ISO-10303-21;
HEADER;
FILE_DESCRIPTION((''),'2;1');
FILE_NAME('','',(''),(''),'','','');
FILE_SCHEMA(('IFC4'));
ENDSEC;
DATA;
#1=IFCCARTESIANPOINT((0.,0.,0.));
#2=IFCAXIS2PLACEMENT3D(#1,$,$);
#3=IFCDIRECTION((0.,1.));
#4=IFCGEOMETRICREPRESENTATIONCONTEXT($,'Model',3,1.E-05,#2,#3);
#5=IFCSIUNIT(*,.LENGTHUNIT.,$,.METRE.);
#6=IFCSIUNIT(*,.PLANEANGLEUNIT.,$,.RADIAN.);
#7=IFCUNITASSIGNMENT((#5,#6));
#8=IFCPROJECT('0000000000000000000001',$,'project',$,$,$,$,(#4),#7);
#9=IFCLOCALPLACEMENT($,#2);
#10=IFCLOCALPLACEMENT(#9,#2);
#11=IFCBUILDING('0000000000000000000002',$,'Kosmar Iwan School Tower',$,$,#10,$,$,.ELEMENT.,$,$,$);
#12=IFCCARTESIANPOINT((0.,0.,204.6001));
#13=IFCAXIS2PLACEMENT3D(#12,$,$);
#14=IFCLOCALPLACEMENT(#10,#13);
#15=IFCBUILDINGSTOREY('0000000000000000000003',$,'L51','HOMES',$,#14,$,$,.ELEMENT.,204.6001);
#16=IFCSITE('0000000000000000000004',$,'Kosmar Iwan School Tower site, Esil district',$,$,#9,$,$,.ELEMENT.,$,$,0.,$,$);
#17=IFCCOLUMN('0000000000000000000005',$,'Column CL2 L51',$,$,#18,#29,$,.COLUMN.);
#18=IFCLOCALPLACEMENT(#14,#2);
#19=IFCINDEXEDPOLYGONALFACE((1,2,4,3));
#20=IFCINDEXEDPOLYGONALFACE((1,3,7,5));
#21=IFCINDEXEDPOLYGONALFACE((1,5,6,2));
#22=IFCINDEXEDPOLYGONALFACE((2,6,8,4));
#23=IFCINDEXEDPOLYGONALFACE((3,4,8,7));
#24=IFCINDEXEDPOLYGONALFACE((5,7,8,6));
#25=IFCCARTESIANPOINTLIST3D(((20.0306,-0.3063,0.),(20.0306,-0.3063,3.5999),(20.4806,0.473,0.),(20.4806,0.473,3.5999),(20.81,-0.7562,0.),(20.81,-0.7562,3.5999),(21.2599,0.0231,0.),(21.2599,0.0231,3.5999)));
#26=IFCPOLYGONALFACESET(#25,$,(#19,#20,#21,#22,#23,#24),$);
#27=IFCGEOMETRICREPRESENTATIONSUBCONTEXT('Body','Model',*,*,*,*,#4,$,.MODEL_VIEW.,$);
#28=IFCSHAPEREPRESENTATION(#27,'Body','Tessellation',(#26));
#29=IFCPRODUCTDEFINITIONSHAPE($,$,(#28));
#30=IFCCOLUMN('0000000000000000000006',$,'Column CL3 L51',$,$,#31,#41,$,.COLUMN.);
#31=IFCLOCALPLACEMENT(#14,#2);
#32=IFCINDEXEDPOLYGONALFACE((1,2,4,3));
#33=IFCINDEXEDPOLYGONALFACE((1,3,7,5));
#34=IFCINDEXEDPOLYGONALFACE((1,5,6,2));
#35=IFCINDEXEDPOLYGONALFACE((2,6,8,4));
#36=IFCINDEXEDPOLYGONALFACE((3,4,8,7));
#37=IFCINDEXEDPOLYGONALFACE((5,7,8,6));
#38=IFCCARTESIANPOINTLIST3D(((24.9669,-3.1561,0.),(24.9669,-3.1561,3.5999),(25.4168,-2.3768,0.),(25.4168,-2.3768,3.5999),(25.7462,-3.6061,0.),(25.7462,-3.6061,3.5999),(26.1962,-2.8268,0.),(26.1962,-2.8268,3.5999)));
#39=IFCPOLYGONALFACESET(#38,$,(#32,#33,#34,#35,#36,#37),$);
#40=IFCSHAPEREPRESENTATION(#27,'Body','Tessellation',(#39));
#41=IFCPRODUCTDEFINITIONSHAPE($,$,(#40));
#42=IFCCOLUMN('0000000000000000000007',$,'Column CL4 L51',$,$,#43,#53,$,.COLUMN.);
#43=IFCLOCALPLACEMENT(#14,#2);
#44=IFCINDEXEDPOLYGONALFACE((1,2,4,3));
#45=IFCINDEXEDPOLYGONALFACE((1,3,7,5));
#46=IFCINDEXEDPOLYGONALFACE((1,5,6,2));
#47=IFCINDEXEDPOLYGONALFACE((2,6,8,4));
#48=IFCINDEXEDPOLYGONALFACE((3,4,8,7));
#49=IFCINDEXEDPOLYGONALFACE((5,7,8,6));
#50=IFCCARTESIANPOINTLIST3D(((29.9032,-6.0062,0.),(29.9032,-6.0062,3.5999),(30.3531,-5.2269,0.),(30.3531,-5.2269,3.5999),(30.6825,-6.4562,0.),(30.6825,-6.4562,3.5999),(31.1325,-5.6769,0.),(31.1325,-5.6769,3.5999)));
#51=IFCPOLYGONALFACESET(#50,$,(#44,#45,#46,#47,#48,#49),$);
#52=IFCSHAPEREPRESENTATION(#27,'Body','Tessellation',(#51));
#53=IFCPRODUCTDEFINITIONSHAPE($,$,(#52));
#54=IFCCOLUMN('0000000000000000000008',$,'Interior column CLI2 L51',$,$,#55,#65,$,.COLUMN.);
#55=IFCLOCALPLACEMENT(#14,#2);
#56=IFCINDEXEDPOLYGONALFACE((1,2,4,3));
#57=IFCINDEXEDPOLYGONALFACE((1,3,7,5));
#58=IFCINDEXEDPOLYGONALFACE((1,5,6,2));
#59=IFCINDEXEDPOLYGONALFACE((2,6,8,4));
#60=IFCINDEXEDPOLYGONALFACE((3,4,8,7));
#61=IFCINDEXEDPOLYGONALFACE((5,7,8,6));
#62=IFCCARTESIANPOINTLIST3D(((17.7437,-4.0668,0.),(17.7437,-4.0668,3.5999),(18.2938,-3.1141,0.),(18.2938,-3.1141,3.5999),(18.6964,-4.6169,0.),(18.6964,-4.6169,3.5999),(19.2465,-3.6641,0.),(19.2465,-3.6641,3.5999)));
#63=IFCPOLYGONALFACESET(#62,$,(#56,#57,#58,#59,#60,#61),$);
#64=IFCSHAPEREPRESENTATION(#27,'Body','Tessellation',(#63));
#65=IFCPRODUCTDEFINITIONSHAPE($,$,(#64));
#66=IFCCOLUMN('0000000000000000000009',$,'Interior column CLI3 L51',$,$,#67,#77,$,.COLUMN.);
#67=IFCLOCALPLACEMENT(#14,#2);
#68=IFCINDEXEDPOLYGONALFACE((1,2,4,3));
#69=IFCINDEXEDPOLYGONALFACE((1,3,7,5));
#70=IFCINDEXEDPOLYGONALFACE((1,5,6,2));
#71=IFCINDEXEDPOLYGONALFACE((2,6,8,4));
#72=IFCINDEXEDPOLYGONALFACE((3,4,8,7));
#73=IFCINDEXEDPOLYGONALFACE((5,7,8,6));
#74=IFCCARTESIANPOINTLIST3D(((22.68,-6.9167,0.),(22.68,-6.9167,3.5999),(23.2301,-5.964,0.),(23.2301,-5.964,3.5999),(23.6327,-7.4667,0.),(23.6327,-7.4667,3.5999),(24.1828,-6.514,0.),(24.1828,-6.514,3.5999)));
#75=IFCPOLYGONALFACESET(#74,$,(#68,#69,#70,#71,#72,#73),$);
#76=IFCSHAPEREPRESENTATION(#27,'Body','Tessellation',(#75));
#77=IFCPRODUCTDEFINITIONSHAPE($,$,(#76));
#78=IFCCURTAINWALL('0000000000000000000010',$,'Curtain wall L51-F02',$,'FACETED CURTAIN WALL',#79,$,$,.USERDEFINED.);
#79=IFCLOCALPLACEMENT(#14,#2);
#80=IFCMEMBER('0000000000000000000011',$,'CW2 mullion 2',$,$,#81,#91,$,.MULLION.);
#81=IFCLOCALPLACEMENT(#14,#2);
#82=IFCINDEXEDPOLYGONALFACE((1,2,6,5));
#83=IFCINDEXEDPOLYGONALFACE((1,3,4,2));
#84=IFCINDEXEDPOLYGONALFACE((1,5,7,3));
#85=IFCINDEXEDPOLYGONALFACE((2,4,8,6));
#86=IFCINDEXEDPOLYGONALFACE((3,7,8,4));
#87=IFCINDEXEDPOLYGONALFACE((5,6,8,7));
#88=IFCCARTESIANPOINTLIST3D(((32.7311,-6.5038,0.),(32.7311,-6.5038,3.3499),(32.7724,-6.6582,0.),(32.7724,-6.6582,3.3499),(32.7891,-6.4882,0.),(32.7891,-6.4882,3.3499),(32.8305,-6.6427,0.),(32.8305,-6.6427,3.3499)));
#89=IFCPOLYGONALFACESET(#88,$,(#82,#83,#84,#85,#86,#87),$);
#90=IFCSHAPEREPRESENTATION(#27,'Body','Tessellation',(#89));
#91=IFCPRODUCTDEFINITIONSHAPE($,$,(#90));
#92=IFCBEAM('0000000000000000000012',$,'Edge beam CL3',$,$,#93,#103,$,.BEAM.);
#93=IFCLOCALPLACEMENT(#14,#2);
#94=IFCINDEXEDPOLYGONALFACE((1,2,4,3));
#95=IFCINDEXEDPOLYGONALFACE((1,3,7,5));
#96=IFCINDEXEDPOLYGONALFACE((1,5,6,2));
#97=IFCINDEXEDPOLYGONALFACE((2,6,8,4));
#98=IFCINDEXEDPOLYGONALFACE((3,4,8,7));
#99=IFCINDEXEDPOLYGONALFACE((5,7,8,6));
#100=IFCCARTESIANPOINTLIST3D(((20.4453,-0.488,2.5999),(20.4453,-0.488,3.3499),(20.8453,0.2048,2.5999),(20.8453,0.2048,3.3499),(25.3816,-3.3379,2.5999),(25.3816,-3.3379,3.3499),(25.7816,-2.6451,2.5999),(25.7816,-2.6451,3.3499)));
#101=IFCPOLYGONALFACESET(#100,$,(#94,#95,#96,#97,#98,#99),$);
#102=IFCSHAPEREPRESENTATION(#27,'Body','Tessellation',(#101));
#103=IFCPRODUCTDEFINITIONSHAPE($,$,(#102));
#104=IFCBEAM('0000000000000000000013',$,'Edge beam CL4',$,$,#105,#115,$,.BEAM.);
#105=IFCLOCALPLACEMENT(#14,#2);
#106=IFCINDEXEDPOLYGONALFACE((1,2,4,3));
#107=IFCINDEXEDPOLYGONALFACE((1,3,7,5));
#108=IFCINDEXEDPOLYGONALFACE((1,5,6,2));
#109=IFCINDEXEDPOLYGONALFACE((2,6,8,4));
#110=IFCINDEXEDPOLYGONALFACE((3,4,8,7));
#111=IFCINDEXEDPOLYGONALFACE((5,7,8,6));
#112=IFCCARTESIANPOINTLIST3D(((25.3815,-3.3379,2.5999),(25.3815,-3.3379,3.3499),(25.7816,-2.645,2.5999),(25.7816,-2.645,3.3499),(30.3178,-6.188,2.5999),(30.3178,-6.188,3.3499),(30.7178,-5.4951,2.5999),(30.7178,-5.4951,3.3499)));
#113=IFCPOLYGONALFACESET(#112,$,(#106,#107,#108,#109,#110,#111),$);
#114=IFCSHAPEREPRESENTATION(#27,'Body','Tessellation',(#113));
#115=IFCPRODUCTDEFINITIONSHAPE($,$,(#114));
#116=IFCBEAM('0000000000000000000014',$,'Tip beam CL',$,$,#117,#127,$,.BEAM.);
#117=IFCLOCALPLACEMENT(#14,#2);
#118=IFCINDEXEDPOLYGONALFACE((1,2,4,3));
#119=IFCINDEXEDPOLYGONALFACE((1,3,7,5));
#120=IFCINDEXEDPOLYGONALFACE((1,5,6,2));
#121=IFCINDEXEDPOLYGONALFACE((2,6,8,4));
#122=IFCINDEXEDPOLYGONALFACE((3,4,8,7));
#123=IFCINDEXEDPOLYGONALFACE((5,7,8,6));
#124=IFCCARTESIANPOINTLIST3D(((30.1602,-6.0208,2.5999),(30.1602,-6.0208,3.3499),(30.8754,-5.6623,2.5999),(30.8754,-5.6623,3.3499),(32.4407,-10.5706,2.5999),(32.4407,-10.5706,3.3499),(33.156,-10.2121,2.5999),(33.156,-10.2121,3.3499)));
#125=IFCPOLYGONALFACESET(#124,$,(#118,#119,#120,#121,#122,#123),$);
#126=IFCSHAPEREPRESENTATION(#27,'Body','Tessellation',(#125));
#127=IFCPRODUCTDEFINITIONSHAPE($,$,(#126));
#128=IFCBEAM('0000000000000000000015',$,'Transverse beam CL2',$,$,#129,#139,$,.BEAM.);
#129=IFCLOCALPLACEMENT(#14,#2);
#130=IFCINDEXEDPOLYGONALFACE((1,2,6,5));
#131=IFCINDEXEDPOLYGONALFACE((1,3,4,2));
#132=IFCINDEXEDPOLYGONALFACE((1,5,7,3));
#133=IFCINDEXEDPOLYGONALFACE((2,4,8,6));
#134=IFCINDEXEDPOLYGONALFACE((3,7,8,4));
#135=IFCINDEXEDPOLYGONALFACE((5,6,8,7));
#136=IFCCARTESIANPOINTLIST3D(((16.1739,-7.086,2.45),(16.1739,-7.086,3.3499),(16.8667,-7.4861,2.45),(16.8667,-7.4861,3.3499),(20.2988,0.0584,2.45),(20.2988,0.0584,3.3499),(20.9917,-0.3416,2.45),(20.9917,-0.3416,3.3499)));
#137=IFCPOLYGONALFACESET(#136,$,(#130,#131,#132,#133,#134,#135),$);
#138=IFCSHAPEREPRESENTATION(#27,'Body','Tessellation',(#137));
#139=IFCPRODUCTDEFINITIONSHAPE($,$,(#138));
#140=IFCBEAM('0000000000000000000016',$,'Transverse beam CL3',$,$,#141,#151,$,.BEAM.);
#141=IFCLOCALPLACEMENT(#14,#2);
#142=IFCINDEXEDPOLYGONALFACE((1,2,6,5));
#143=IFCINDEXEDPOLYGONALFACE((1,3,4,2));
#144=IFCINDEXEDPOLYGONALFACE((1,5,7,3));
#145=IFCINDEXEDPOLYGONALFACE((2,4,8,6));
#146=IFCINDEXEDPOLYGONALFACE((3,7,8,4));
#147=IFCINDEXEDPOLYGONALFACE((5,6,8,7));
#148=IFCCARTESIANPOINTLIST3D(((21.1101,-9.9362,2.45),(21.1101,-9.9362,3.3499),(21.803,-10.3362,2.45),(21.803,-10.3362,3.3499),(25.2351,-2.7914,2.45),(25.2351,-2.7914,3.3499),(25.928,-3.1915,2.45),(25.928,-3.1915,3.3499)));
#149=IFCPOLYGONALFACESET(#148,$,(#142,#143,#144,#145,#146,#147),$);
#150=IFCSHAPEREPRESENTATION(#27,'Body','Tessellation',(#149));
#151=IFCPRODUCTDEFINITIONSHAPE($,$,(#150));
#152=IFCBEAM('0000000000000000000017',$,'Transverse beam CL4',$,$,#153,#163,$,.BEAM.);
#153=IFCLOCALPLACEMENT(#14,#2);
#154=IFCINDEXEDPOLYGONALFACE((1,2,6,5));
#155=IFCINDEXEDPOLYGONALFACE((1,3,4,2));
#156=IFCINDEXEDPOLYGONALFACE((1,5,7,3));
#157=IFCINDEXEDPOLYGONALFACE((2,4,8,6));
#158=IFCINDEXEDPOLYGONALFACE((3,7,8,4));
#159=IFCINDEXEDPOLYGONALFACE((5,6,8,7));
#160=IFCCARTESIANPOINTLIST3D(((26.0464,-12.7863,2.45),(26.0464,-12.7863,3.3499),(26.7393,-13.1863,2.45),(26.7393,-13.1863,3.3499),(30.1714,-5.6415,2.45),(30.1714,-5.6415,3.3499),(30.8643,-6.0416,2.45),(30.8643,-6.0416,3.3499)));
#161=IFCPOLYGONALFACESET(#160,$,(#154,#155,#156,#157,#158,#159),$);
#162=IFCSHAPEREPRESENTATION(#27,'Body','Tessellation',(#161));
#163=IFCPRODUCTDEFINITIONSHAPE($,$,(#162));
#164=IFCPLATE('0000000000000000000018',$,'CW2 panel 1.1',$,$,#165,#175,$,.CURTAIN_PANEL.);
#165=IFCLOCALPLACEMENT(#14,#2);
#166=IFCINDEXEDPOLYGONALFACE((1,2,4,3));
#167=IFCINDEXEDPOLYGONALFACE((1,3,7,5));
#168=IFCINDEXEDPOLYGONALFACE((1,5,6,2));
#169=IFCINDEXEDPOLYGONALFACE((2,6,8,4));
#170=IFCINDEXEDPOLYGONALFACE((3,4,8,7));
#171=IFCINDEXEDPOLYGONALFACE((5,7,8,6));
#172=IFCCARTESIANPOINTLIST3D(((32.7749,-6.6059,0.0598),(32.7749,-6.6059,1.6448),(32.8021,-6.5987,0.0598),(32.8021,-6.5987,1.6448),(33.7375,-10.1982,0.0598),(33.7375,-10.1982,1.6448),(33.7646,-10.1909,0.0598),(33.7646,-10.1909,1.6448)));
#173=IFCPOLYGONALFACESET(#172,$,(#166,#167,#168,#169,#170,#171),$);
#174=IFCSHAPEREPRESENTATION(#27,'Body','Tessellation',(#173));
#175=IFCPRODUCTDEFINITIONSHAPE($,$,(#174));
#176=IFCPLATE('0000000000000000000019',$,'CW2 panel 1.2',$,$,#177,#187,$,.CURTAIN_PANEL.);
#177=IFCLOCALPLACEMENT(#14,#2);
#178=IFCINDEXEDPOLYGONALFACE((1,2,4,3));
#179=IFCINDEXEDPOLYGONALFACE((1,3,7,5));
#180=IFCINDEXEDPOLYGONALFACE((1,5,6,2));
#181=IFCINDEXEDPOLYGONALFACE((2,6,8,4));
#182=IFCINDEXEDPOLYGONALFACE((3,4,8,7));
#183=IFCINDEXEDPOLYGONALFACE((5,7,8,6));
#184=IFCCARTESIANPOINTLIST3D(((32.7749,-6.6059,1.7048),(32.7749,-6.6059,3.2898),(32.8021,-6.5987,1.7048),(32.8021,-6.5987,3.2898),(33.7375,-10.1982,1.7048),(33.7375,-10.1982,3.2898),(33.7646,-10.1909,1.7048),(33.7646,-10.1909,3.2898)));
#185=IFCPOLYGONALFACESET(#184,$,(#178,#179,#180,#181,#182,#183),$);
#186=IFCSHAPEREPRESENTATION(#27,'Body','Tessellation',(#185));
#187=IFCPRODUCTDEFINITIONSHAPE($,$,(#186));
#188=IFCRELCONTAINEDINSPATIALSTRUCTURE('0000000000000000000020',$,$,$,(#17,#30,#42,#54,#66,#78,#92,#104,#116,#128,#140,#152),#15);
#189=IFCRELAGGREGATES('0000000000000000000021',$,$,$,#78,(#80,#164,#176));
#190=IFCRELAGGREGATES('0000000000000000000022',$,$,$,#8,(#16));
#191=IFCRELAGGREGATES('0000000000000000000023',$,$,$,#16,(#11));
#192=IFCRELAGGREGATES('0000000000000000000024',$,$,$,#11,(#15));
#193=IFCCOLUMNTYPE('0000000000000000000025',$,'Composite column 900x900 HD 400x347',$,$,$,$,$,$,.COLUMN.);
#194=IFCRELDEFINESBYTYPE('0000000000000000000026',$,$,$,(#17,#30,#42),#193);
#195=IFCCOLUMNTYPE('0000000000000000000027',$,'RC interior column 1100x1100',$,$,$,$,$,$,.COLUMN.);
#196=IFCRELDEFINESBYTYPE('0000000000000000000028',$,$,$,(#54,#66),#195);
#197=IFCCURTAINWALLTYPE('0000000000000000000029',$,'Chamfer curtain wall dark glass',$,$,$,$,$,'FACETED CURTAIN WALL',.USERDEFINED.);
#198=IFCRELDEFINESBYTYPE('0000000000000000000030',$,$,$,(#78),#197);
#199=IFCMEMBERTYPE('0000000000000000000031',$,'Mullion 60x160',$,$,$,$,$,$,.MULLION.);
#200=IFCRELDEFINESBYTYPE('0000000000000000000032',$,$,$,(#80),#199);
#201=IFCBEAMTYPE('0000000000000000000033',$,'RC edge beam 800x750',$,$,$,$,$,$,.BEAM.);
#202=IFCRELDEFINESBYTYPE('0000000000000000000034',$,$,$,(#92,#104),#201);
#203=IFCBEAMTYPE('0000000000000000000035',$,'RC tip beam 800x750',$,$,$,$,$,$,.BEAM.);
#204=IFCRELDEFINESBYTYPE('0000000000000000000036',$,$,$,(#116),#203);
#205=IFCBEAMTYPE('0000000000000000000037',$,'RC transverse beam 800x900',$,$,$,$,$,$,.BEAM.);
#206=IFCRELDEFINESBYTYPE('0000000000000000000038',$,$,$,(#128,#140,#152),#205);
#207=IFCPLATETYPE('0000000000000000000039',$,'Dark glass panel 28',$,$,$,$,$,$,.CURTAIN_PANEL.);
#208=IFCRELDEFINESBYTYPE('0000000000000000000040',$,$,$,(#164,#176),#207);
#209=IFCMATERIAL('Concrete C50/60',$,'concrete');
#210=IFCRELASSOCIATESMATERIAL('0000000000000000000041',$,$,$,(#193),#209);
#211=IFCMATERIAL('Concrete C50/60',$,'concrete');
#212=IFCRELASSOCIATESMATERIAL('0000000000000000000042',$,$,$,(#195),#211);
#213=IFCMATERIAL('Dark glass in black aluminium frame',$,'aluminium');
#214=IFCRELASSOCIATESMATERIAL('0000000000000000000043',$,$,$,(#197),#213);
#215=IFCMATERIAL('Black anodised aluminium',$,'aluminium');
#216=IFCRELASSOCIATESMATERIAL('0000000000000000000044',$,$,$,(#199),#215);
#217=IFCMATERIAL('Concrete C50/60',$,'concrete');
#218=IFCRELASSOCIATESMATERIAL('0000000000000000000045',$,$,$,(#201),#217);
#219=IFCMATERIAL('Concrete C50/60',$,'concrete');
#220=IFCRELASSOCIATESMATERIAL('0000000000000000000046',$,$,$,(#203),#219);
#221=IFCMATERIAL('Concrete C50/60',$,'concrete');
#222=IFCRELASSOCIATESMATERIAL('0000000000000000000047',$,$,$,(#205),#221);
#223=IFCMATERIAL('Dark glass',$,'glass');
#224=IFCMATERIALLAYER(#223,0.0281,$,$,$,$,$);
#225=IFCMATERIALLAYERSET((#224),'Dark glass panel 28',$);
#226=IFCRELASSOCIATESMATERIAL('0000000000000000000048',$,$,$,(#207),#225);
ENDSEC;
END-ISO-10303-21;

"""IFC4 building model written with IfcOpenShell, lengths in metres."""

from ifc_helpers import new_model, si_unit, direction, frame, origin, origin_2d, place, context, subcontext, project, spatial, rectangle, extrude, material, layer, layer_set, material_profile, profile_set, type_object, element, aggregate, save


model = new_model("IFC4")

# Units and contexts
model_context = context("Model", 3, precision=1e-05, world=origin(), true_north=direction((0.0, 1.0)))
body_context = subcontext(model_context, "Body", "Model", "MODEL_VIEW")
ifc_project = project(units=[si_unit("LENGTHUNIT", "METRE"), si_unit("PLANEANGLEUNIT", "RADIAN")], contexts=[model_context])

# Site, building, storey
site_placement = place(None, origin())
site = spatial("IfcSite", under=ifc_project, at=site_placement, Name="Kosmar Iwan School Tower site, Esil district", CompositionType="ELEMENT", RefElevation=0.0)
building_placement = place(site_placement, origin())
building = spatial("IfcBuilding", under=site, at=building_placement, Name="Kosmar Iwan School Tower", CompositionType="ELEMENT")
storey_placement = place(building_placement, frame((0.0, 0.0, 204.6001)))
storey = spatial("IfcBuildingStorey", under=building, at=storey_placement, Name="L51", Description="HOMES", CompositionType="ELEMENT", Elevation=204.6001)

# Columns
ifc_material_1 = material(Name="Concrete C50/60", Category="concrete")
ifc_material_profile_1 = material_profile(ifc_material_1, rectangle(XDim=0.8999, YDim=0.8999, at=origin_2d()), Name="RC 900x900 + HD 400x347")
ifc_profile_set_1 = profile_set([ifc_material_profile_1], Name="Concrete C50/60")
column_type_1 = type_object("IfcColumnType", Name="Composite column 900x900 HD 400x347", PredefinedType="COLUMN", material=ifc_profile_set_1)
for number, where, z_axis, x_axis, name in (
    (1, (20.6453, -0.1416, 0.0), (0.0, 0.0, 1.0), (0.866025, -0.5, 0.0), "Column CL2 L51"),
    (2, (25.5815, -2.9915, 0.0), (0.0, 0.0, 1.0), (0.866025, -0.5, 0.0), "Column CL3 L51"),
    (3, (30.5178, -5.8416, 0.0), (0.0, 0.0, 1.0), (0.866025, -0.5, 0.0), "Column CL4 L51"),
):
    element("IfcColumn", number, at=place(storey_placement, frame(where, z_axis=z_axis, x_axis=x_axis)), inside=storey, type_object=column_type_1, Name=name, PredefinedType="COLUMN", context=body_context, shape_type="SweptSolid", body=[
        extrude(rectangle(XDim=0.8999, YDim=0.8999, at=origin_2d()), origin(), (0.0, 0.0, 1.0), 3.5999),
    ])
ifc_material_2 = material(Name="Concrete C50/60", Category="concrete")
ifc_material_profile_2 = material_profile(ifc_material_2, rectangle(XDim=1.1001, YDim=1.1001, at=origin_2d()), Name="RC 1100x1100")
ifc_profile_set_2 = profile_set([ifc_material_profile_2], Name="Concrete C50/60")
column_type_2 = type_object("IfcColumnType", Name="RC interior column 1100x1100", PredefinedType="COLUMN", material=ifc_profile_set_2)
for number, where, z_axis, x_axis, name in (
    (4, (18.4951, -3.8655, 0.0), (0.0, 0.0, 1.0), (0.866025, -0.5, 0.0), "Interior column CLI2 L51"),
    (5, (23.4314, -6.7153, 0.0), (0.0, 0.0, 1.0), (0.866025, -0.5, 0.0), "Interior column CLI3 L51"),
):
    element("IfcColumn", number, at=place(storey_placement, frame(where, z_axis=z_axis, x_axis=x_axis)), inside=storey, type_object=column_type_2, Name=name, PredefinedType="COLUMN", context=body_context, shape_type="SweptSolid", body=[
        extrude(rectangle(XDim=1.1001, YDim=1.1001, at=origin_2d()), origin(), (0.0, 0.0, 1.0), 3.5999),
    ])

# Curtain wall, member
ifc_material_3 = material(Name="Dark glass in black aluminium frame", Category="aluminium")
curtain_wall_type = type_object("IfcCurtainWallType", Name="Chamfer curtain wall dark glass", ElementType="FACETED CURTAIN WALL", PredefinedType="USERDEFINED", material=ifc_material_3)
curtain_wall_placement = place(storey_placement, origin())
curtain_wall = element("IfcCurtainWall", 6, at=curtain_wall_placement, inside=storey, type_object=curtain_wall_type, Name="Curtain wall L51-F02", ObjectType="FACETED CURTAIN WALL", PredefinedType="USERDEFINED")
ifc_material_4 = material(Name="Black anodised aluminium", Category="aluminium")
ifc_material_profile_3 = material_profile(ifc_material_4, rectangle(XDim=0.0601, YDim=0.1599, at=origin_2d()), Name="MULLION 60x160")
ifc_profile_set_3 = profile_set([ifc_material_profile_3], Name="Black anodised aluminium")
member_type = type_object("IfcMemberType", Name="Mullion 60x160", PredefinedType="MULLION", material=ifc_profile_set_3)
member_placement = place(storey_placement, frame((32.7808, -6.5732, 0.0), z_axis=(0.0, 0.0, 1.0), x_axis=(-0.965926, -0.258819, 0.0)))
member = element("IfcMember", 7, at=member_placement, type_object=member_type, Name="CW2 mullion 2", PredefinedType="MULLION", context=body_context, shape_type="SweptSolid", body=[
    extrude(rectangle(XDim=0.0601, YDim=0.1599, at=origin_2d()), origin(), (0.0, 0.0, 1.0), 3.3499),
])

# Beams
ifc_material_5 = material(Name="Concrete C50/60", Category="concrete")
ifc_material_profile_4 = material_profile(ifc_material_5, rectangle(XDim=0.8, YDim=0.75, at=origin_2d()), Name="RC 800x750")
ifc_profile_set_4 = profile_set([ifc_material_profile_4], Name="Concrete C50/60")
beam_type_1 = type_object("IfcBeamType", Name="RC edge beam 800x750", PredefinedType="BEAM", material=ifc_profile_set_4)
for number, where, z_axis, x_axis, name in (
    (8, (20.6453, -0.1416, 2.9749), (0.866034, -0.499986, 0.0), (0.499986, 0.866034, 0.0), "Edge beam CL3"),
    (9, (25.5815, -2.9915, 2.9749), (0.866015, -0.500018, 0.0), (0.500018, 0.866015, 0.0), "Edge beam CL4"),
):
    element("IfcBeam", number, at=place(storey_placement, frame(where, z_axis=z_axis, x_axis=x_axis)), inside=storey, type_object=beam_type_1, Name=name, PredefinedType="BEAM", context=body_context, shape_type="SweptSolid", body=[
        extrude(rectangle(XDim=0.8, YDim=0.75, at=origin_2d()), origin(), (0.0, 0.0, 1.0), 5.7),
    ])
ifc_material_6 = material(Name="Concrete C50/60", Category="concrete")
ifc_material_profile_5 = material_profile(ifc_material_6, rectangle(XDim=0.8, YDim=0.75, at=origin_2d()), Name="RC 800x750")
ifc_profile_set_5 = profile_set([ifc_material_profile_5], Name="Concrete C50/60")
beam_type_2 = type_object("IfcBeamType", Name="RC tip beam 800x750", PredefinedType="BEAM", material=ifc_profile_set_5)
beam_1_placement = place(storey_placement, frame((30.5178, -5.8416, 2.9749), z_axis=(0.448096, -0.893985, 0.0), x_axis=(0.893985, 0.448096, 0.0)))
element("IfcBeam", 10, at=beam_1_placement, inside=storey, type_object=beam_type_2, Name="Tip beam CL", PredefinedType="BEAM", context=body_context, shape_type="SweptSolid", body=[
    extrude(rectangle(XDim=0.8, YDim=0.75, at=origin_2d()), origin(), (0.0, 0.0, 1.0), 5.0894),
])
ifc_material_7 = material(Name="Concrete C50/60", Category="concrete")
ifc_material_profile_6 = material_profile(ifc_material_7, rectangle(XDim=0.8, YDim=0.8999, at=origin_2d()), Name="RC 800x900")
ifc_profile_set_6 = profile_set([ifc_material_profile_6], Name="Concrete C50/60")
beam_type_3 = type_object("IfcBeamType", Name="RC transverse beam 800x900", PredefinedType="BEAM", material=ifc_profile_set_6)
beam_2_placement = place(storey_placement, frame((20.6453, -0.1416, 2.8999), z_axis=(-0.500009, -0.86602, 0.0), x_axis=(0.86602, -0.500009, 0.0)))
element("IfcBeam", 11, at=beam_2_placement, inside=storey, type_object=beam_type_3, Name="Transverse beam CL2", PredefinedType="BEAM", context=body_context, shape_type="SweptSolid", body=[
    extrude(rectangle(XDim=0.8, YDim=0.8999, at=origin_2d()), origin(), (0.0, 0.0, 1.0), 8.2498),
])
for number, where, z_axis, x_axis, name in (
    (12, (25.5815, -2.9915, 2.8999), (-0.499997, -0.866027, 0.0), (0.866027, -0.499997, 0.0), "Transverse beam CL3"),
    (13, (30.5178, -5.8416, 2.8999), (-0.499997, -0.866027, 0.0), (0.866027, -0.499997, 0.0), "Transverse beam CL4"),
):
    element("IfcBeam", number, at=place(storey_placement, frame(where, z_axis=z_axis, x_axis=x_axis)), inside=storey, type_object=beam_type_3, Name=name, PredefinedType="BEAM", context=body_context, shape_type="SweptSolid", body=[
        extrude(rectangle(XDim=0.8, YDim=0.8999, at=origin_2d()), origin(), (0.0, 0.0, 1.0), 8.25),
    ])

# Plates
ifc_material_8 = material(Name="Dark glass", Category="glass")
ifc_layer_1 = layer(ifc_material_8, 0.0281)
ifc_layer_set_1 = layer_set([ifc_layer_1], Name="Dark glass panel 28")
plate_type = type_object("IfcPlateType", Name="Dark glass panel 28", PredefinedType="CURTAIN_PANEL", material=ifc_layer_set_1)
plate_1_placement = place(storey_placement, frame((33.2698, -8.3984, 0.0598), z_axis=(0.0, 0.0, 1.0), x_axis=(-0.258819, 0.965926, 0.0)))
plate_1 = element("IfcPlate", 14, at=plate_1_placement, type_object=plate_type, Name="CW2 panel 1.1", PredefinedType="CURTAIN_PANEL", context=body_context, shape_type="SweptSolid", body=[
    extrude(rectangle(XDim=3.719, YDim=0.0281, at=origin_2d()), origin(), (0.0, 0.0, 1.0), 1.585),
])
plate_2_placement = place(storey_placement, frame((33.2698, -8.3984, 1.7048), z_axis=(0.0, 0.0, 1.0), x_axis=(-0.258819, 0.965926, 0.0)))
plate_2 = element("IfcPlate", 15, at=plate_2_placement, type_object=plate_type, Name="CW2 panel 1.2", PredefinedType="CURTAIN_PANEL", context=body_context, shape_type="SweptSolid", body=[
    extrude(rectangle(XDim=3.719, YDim=0.0281, at=origin_2d()), origin(), (0.0, 0.0, 1.0), 1.585),
])
aggregate(curtain_wall, [member, plate_1, plate_2])

save(model, "model.ifc")
